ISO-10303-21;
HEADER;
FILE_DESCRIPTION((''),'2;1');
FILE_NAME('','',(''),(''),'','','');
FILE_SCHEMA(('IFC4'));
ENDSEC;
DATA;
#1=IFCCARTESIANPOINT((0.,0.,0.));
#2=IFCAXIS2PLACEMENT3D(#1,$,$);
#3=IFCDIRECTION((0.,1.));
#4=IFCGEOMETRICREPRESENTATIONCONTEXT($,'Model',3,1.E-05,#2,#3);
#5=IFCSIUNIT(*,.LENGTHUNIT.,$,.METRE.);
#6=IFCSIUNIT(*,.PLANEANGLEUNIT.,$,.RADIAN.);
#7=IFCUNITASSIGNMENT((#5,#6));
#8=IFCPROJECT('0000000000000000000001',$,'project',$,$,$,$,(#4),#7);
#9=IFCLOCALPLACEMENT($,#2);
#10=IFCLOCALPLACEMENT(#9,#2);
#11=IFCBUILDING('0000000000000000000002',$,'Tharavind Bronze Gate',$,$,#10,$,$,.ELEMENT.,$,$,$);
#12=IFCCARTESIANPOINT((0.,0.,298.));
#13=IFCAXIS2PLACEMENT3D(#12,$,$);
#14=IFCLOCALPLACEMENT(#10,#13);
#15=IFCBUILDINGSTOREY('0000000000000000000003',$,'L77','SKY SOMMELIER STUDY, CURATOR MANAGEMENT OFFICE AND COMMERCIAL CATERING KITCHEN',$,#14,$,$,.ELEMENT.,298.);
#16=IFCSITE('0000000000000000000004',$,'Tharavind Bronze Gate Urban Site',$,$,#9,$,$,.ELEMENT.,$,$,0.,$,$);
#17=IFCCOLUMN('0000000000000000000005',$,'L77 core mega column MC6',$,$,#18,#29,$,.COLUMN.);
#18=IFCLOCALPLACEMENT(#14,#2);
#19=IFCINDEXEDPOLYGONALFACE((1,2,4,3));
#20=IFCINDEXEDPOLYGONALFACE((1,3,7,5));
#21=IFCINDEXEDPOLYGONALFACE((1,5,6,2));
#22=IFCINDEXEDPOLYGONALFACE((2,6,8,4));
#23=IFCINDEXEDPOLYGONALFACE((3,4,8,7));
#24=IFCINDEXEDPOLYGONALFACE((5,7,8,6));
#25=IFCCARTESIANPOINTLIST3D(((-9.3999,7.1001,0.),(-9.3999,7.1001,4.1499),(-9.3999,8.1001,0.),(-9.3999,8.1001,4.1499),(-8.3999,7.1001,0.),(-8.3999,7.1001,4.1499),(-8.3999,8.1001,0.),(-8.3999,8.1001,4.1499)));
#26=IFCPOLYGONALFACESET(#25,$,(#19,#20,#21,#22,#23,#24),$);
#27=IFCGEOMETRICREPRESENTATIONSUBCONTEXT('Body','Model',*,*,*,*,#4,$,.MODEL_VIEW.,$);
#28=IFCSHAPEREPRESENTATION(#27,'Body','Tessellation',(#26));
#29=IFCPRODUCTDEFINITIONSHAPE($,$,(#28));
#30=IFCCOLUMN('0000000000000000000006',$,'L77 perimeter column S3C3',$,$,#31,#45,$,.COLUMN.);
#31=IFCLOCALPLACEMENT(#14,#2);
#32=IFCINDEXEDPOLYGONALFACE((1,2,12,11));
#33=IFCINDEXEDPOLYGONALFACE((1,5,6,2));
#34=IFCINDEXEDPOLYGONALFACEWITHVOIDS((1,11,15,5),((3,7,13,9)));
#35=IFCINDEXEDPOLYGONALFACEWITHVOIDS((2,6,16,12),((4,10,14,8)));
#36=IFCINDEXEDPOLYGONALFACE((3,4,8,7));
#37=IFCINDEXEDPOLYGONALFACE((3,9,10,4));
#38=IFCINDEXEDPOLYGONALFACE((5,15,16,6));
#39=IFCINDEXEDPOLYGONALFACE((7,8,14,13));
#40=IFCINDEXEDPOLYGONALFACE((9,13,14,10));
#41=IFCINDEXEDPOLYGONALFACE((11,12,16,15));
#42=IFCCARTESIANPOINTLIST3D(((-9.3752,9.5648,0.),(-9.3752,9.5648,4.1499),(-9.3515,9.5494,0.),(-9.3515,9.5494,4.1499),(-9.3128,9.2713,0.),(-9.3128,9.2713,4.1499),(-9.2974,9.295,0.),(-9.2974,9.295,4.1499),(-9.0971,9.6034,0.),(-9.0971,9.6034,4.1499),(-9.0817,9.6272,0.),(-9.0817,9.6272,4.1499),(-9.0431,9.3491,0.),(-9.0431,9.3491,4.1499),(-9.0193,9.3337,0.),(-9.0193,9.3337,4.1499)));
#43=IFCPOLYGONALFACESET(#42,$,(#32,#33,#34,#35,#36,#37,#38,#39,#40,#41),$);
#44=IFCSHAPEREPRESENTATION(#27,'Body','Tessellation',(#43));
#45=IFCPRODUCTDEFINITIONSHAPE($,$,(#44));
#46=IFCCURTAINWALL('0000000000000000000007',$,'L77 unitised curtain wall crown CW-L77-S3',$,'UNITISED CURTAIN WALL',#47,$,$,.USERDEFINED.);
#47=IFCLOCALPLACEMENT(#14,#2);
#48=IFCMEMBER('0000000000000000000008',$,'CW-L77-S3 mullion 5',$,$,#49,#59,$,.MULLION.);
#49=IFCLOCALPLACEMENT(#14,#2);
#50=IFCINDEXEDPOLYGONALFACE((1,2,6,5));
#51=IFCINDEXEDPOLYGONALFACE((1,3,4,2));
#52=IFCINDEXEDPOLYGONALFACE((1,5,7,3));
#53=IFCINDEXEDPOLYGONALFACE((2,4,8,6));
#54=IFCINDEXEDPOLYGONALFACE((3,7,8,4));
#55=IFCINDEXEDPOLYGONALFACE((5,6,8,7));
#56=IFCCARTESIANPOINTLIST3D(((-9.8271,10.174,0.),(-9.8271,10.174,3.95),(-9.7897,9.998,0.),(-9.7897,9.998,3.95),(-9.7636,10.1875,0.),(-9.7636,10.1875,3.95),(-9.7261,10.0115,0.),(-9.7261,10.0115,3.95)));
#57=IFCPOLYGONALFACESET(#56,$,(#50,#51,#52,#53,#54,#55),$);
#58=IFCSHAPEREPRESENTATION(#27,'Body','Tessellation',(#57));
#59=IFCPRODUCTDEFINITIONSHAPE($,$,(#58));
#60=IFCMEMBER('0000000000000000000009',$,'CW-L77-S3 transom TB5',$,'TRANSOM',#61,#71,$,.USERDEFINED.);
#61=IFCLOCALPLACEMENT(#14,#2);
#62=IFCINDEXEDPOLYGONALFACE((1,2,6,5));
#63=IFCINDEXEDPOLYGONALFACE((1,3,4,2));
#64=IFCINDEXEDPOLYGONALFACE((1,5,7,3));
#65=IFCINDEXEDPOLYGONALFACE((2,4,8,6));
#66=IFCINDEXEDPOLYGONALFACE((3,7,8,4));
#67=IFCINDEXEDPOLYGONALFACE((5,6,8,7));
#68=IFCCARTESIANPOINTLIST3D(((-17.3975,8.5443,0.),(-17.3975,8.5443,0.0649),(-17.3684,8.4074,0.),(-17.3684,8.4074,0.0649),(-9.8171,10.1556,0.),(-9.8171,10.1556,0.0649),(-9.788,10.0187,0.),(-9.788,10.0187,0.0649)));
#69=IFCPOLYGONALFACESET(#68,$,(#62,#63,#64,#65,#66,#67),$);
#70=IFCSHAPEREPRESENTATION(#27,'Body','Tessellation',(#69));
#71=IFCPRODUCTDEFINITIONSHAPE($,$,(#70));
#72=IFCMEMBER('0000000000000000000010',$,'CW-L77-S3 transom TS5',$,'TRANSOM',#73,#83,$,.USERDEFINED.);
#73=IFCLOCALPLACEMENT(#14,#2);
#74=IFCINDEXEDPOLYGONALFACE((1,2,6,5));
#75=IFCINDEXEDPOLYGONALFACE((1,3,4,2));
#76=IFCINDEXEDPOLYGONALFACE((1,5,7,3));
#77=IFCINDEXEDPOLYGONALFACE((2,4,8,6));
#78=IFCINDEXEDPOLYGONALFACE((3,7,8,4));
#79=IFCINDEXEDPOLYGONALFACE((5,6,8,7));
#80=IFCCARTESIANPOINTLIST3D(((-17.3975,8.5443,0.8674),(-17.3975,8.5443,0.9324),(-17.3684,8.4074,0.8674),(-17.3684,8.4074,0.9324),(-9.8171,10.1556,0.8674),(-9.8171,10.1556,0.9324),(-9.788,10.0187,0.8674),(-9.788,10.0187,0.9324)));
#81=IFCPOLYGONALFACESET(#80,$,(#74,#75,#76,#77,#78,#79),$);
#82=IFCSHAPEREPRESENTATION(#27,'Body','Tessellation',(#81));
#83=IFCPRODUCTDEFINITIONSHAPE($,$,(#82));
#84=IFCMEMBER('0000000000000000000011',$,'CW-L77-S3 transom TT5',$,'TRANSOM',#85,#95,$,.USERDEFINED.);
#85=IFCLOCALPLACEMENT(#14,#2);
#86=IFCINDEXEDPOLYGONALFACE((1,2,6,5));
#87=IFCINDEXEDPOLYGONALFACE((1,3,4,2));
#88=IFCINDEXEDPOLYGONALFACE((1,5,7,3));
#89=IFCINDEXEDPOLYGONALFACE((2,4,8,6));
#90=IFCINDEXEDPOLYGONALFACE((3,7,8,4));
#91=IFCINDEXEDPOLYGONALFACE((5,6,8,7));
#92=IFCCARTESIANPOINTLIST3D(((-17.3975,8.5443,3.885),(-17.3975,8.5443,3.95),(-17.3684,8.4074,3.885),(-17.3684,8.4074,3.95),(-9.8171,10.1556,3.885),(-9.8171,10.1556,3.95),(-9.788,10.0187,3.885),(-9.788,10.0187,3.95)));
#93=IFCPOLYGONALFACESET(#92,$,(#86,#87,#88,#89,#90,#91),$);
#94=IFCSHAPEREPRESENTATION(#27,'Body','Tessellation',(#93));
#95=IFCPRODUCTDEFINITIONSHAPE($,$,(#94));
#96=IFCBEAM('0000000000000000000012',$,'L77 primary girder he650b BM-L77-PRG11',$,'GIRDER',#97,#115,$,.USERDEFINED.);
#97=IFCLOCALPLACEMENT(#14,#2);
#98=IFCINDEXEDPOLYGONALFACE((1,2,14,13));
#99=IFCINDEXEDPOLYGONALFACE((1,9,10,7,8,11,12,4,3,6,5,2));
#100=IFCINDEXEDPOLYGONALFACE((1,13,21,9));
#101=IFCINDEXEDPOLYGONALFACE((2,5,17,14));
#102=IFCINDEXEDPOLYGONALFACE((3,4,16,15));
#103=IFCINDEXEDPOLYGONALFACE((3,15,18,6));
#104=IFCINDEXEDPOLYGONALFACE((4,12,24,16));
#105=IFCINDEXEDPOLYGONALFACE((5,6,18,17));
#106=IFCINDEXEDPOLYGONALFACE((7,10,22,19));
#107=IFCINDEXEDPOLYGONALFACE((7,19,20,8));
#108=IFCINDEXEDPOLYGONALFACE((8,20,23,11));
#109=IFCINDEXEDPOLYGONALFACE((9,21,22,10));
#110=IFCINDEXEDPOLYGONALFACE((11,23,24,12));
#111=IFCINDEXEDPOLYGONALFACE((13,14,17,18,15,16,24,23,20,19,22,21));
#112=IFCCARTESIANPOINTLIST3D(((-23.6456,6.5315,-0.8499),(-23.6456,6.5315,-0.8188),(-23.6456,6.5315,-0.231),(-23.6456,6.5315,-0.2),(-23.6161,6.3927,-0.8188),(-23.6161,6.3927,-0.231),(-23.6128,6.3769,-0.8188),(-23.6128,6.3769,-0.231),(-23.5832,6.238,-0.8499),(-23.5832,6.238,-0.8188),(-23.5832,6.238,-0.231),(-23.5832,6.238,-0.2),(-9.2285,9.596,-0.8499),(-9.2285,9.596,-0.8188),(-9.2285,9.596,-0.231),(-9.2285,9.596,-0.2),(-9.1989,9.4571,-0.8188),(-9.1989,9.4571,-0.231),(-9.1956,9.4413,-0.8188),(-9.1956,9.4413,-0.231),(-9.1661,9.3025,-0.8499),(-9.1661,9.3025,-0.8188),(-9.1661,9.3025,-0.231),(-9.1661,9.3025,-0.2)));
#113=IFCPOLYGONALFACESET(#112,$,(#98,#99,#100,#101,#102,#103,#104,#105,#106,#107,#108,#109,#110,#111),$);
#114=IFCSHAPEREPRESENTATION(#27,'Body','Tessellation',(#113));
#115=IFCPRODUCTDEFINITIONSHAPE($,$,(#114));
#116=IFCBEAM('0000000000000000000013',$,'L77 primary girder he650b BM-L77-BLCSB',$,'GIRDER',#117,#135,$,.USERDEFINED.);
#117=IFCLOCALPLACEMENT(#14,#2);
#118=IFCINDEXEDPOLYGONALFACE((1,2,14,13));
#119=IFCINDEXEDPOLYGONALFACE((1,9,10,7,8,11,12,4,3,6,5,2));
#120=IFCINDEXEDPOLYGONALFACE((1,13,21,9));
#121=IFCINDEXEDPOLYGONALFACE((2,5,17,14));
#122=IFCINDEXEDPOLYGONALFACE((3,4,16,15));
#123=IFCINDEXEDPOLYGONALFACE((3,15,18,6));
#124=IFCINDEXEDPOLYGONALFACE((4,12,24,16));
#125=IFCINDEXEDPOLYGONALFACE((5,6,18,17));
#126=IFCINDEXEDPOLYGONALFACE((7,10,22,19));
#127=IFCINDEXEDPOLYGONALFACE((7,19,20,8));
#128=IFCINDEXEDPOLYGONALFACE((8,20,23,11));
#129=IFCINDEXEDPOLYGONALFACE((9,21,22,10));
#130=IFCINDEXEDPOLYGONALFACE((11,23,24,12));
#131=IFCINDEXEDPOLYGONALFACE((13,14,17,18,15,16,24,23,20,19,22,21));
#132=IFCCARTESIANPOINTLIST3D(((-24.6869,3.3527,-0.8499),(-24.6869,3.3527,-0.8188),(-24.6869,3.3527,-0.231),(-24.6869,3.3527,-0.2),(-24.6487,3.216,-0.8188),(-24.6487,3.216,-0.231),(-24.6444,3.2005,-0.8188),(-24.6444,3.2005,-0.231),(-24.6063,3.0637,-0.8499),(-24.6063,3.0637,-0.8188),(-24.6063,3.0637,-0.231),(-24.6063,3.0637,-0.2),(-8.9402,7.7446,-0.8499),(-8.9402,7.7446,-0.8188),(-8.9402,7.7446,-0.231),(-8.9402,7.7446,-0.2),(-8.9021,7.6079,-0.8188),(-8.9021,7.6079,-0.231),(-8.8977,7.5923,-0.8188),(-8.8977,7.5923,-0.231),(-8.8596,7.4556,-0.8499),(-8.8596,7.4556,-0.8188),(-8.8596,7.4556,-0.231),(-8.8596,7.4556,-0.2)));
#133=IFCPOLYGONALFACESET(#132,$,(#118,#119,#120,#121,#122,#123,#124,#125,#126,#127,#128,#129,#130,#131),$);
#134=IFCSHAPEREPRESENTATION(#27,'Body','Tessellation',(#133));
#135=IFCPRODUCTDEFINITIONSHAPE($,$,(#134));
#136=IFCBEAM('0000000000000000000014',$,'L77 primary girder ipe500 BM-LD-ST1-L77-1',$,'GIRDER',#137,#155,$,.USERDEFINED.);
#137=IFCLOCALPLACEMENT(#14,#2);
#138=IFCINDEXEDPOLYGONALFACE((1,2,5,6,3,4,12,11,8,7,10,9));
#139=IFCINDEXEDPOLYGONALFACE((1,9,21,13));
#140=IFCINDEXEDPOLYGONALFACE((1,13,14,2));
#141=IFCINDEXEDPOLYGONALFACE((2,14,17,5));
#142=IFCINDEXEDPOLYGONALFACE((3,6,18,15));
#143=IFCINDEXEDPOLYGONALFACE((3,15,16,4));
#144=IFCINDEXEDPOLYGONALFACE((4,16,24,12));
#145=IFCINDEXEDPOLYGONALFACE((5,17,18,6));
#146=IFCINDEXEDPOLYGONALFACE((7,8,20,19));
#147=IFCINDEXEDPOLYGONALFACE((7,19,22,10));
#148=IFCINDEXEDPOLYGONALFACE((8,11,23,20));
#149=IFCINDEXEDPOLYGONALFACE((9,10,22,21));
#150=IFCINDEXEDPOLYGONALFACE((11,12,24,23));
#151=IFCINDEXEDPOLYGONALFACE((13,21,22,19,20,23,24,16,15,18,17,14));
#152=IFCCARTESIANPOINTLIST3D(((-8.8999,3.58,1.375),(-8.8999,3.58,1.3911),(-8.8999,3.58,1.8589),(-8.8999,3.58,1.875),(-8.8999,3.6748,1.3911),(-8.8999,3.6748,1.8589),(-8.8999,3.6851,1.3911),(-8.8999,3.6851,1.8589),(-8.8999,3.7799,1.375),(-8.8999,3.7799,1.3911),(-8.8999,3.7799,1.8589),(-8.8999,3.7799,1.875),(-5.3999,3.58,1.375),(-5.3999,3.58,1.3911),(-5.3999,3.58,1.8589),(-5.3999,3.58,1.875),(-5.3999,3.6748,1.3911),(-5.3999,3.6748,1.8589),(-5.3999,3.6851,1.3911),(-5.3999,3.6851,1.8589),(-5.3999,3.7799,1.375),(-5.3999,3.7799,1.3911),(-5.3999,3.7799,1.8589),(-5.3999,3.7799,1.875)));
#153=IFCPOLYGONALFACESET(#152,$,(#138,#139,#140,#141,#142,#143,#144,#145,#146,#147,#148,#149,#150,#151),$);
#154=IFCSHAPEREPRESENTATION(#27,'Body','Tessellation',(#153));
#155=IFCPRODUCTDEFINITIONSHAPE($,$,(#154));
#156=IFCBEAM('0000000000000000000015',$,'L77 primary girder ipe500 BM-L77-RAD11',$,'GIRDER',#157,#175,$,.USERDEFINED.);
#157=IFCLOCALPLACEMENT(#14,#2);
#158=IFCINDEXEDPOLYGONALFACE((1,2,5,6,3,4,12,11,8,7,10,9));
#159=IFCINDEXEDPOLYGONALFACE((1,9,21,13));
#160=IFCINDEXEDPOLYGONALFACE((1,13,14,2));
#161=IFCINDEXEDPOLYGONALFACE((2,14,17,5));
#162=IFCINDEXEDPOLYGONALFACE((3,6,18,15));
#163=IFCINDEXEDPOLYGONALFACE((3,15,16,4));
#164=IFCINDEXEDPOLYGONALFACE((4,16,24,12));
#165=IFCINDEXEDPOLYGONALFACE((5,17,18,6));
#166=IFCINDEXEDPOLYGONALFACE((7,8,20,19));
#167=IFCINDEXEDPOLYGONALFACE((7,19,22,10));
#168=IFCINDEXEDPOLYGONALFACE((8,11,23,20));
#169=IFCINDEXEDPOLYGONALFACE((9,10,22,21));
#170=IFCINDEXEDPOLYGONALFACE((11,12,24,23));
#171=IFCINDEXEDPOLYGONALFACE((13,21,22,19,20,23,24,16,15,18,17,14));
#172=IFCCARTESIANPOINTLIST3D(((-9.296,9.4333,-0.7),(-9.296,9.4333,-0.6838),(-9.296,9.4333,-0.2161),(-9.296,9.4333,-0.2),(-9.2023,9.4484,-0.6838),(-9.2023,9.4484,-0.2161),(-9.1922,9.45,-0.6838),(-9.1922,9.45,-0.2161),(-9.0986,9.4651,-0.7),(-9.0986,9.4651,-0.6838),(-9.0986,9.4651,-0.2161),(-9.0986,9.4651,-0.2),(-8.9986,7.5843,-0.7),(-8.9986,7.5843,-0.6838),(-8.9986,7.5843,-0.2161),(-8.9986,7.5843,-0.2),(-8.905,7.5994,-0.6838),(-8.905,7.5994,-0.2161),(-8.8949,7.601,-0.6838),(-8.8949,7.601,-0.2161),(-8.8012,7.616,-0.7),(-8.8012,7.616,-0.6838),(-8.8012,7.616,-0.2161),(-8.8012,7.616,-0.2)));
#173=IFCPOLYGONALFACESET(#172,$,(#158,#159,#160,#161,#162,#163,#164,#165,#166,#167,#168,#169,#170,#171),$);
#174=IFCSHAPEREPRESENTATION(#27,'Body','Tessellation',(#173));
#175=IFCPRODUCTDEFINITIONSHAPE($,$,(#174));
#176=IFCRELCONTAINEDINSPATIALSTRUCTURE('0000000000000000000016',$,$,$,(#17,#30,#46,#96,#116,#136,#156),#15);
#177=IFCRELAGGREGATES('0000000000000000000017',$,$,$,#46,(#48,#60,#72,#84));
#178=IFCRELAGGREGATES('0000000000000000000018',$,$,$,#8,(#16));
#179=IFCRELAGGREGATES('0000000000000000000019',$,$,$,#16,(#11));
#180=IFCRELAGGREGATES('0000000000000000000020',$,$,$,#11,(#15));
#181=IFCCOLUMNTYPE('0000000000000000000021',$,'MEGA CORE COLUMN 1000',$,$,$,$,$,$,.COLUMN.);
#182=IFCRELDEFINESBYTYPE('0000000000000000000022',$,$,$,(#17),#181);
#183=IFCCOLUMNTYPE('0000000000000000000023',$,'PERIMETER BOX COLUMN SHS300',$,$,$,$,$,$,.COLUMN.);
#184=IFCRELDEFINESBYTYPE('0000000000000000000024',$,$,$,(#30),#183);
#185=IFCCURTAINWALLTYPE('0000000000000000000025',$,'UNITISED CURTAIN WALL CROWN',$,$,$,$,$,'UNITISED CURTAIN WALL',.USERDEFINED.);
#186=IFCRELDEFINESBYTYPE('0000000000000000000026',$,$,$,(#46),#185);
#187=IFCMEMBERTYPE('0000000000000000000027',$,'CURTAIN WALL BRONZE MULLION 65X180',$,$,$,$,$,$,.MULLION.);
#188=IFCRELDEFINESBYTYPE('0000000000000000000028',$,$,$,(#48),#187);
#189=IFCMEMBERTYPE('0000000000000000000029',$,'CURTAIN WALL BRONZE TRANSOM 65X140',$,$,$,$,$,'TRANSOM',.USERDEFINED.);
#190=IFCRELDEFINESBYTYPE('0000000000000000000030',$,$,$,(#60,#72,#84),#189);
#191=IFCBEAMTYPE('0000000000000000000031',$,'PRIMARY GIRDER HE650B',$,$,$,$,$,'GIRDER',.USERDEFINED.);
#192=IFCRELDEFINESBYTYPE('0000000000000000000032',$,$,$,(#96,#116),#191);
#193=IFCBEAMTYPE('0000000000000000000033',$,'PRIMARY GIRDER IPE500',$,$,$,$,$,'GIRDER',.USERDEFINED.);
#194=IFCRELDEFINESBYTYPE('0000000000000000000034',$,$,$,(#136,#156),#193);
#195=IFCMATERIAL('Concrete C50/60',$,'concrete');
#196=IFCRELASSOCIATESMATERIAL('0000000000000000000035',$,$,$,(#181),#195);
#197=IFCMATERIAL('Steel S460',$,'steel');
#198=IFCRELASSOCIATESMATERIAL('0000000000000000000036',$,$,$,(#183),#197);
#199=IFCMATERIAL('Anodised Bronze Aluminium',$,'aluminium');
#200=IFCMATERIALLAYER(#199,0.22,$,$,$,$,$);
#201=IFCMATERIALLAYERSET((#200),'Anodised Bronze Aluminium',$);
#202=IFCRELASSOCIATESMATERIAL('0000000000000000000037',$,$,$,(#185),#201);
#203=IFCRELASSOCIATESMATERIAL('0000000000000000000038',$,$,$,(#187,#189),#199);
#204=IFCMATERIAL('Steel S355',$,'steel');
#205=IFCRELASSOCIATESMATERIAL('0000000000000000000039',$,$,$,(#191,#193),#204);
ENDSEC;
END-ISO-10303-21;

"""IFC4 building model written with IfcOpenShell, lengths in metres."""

from ifc_helpers import new_model, si_unit, direction, frame, origin, origin_2d, place, context, subcontext, project, spatial, rectangle, hollow_rectangle, i_section, extrude, material, layer, layer_set, material_profile, profile_set, type_object, element, aggregate, save


model = new_model("IFC4")

# Units and contexts
model_context = context("Model", 3, precision=1e-05, world=origin(), true_north=direction((0.0, 1.0)))
body_context = subcontext(model_context, "Body", "Model", "MODEL_VIEW")
ifc_project = project(units=[si_unit("LENGTHUNIT", "METRE"), si_unit("PLANEANGLEUNIT", "RADIAN")], contexts=[model_context])

# Site, building, storey
site_placement = place(None, origin())
site = spatial("IfcSite", under=ifc_project, at=site_placement, Name="Tharavind Bronze Gate Urban Site", CompositionType="ELEMENT", RefElevation=0.0)
building_placement = place(site_placement, origin())
building = spatial("IfcBuilding", under=site, at=building_placement, Name="Tharavind Bronze Gate", CompositionType="ELEMENT")
storey_placement = place(building_placement, frame((0.0, 0.0, 298.0)))
storey = spatial("IfcBuildingStorey", under=building, at=storey_placement, Name="L77", Description="SKY SOMMELIER STUDY, CURATOR MANAGEMENT OFFICE AND COMMERCIAL CATERING KITCHEN", CompositionType="ELEMENT", Elevation=298.0)

# Columns
ifc_material_1 = material(Name="Concrete C50/60", Category="concrete")
ifc_material_profile_1 = material_profile(ifc_material_1, rectangle(XDim=1.0, YDim=1.0, at=origin_2d()), Name="RCCOL1000")
ifc_profile_set_1 = profile_set([ifc_material_profile_1], Name="Concrete C50/60")
column_type_1 = type_object("IfcColumnType", Name="MEGA CORE COLUMN 1000", PredefinedType="COLUMN", material=ifc_profile_set_1)
column_1_placement = place(storey_placement, frame((-8.8999, 7.6001, 0.0), z_axis=(0.0, 0.0, 1.0), x_axis=(1.0, 0.0, 0.0)))
element("IfcColumn", 1, at=column_1_placement, inside=storey, type_object=column_type_1, Name="L77 core mega column MC6", PredefinedType="COLUMN", context=body_context, shape_type="SweptSolid", body=[
    extrude(rectangle(XDim=1.0, YDim=1.0, at=origin_2d()), origin(), (0.0, 0.0, 1.0), 4.1499),
])
ifc_material_2 = material(Name="Steel S460", Category="steel")
ifc_material_profile_2 = material_profile(ifc_material_2, hollow_rectangle(XDim=0.3, YDim=0.3, WallThickness=0.02, at=origin_2d()), Name="SHS300X20")
ifc_profile_set_2 = profile_set([ifc_material_profile_2], Name="Steel S460")
column_type_2 = type_object("IfcColumnType", Name="PERIMETER BOX COLUMN SHS300", PredefinedType="COLUMN", material=ifc_profile_set_2)
column_2_placement = place(storey_placement, frame((-9.1973, 9.4492, 0.0), z_axis=(0.0, 0.0, 1.0), x_axis=(0.978147, 0.207913, 0.0)))
element("IfcColumn", 2, at=column_2_placement, inside=storey, type_object=column_type_2, Name="L77 perimeter column S3C3", PredefinedType="COLUMN", context=body_context, shape_type="SweptSolid", body=[
    extrude(hollow_rectangle(XDim=0.3, YDim=0.3, WallThickness=0.02, at=origin_2d()), origin(), (0.0, 0.0, 1.0), 4.1499),
])

# Curtain wall, members
ifc_material_3 = material(Name="Anodised Bronze Aluminium", Category="aluminium")
ifc_layer_1 = layer(ifc_material_3, 0.22)
ifc_layer_set_1 = layer_set([ifc_layer_1], Name="Anodised Bronze Aluminium")
curtain_wall_type = type_object("IfcCurtainWallType", Name="UNITISED CURTAIN WALL CROWN", ElementType="UNITISED CURTAIN WALL", PredefinedType="USERDEFINED", material=ifc_layer_set_1)
curtain_wall_placement = place(storey_placement, origin())
curtain_wall = element("IfcCurtainWall", 3, at=curtain_wall_placement, inside=storey, type_object=curtain_wall_type, Name="L77 unitised curtain wall crown CW-L77-S3", ObjectType="UNITISED CURTAIN WALL", PredefinedType="USERDEFINED")
member_type_1 = type_object("IfcMemberType", Name="CURTAIN WALL BRONZE MULLION 65X180", PredefinedType="MULLION", material=ifc_material_3)
member_1_placement = place(storey_placement, frame((-9.7766, 10.0928, 0.0), z_axis=(0.0, 0.0, 1.0), x_axis=(-0.978147, -0.207913, 0.0)))
member_1 = element("IfcMember", 4, at=member_1_placement, type_object=member_type_1, Name="CW-L77-S3 mullion 5", PredefinedType="MULLION", context=body_context, shape_type="SweptSolid", body=[
    extrude(rectangle(XDim=0.0649, YDim=0.1799, at=origin_2d()), origin(), (0.0, 0.0, 1.0), 3.95),
])
member_type_2 = type_object("IfcMemberType", Name="CURTAIN WALL BRONZE TRANSOM 65X140", ElementType="TRANSOM", PredefinedType="USERDEFINED", material=ifc_material_3)
member_2_placement = place(storey_placement, frame((-13.5928, 9.2815, 0.0), z_axis=(0.0, 0.0, 1.0), x_axis=(-0.978147, -0.207913, 0.0)))
member_2 = element("IfcMember", 5, at=member_2_placement, type_object=member_type_2, Name="CW-L77-S3 transom TB5", ObjectType="TRANSOM", PredefinedType="USERDEFINED", context=body_context, shape_type="SweptSolid", body=[
    extrude(rectangle(XDim=7.7498, YDim=0.1399, at=origin_2d()), origin(), (0.0, 0.0, 1.0), 0.0649),
])
member_3_placement = place(storey_placement, frame((-13.5928, 9.2815, 0.8674), z_axis=(0.0, 0.0, 1.0), x_axis=(-0.978147, -0.207913, 0.0)))
member_3 = element("IfcMember", 6, at=member_3_placement, type_object=member_type_2, Name="CW-L77-S3 transom TS5", ObjectType="TRANSOM", PredefinedType="USERDEFINED", context=body_context, shape_type="SweptSolid", body=[
    extrude(rectangle(XDim=7.7498, YDim=0.1399, at=origin_2d()), origin(), (0.0, 0.0, 1.0), 0.0649),
])
member_4_placement = place(storey_placement, frame((-13.5928, 9.2815, 3.885), z_axis=(0.0, 0.0, 1.0), x_axis=(-0.978147, -0.207913, 0.0)))
member_4 = element("IfcMember", 7, at=member_4_placement, type_object=member_type_2, Name="CW-L77-S3 transom TT5", ObjectType="TRANSOM", PredefinedType="USERDEFINED", context=body_context, shape_type="SweptSolid", body=[
    extrude(rectangle(XDim=7.7498, YDim=0.1399, at=origin_2d()), origin(), (0.0, 0.0, 1.0), 0.0649),
])

# Beams
ifc_material_4 = material(Name="Steel S355", Category="steel")
ifc_material_profile_3 = material_profile(ifc_material_4, i_section(OverallWidth=0.3, OverallDepth=0.6499, WebThickness=0.0161, FlangeThickness=0.031, at=origin_2d()), Name="HE650B")
ifc_profile_set_3 = profile_set([ifc_material_profile_3], Name="Steel S355")
beam_type_1 = type_object("IfcBeamType", Name="PRIMARY GIRDER HE650B", ElementType="GIRDER", PredefinedType="USERDEFINED", material=ifc_profile_set_3)
beam_1_placement = place(storey_placement, frame((-9.1973, 9.4492, -0.5249), z_axis=(-0.978148, -0.20791, 0.0), x_axis=(0.20791, -0.978148, 0.0)))
element("IfcBeam", 8, at=beam_1_placement, inside=storey, type_object=beam_type_1, Name="L77 primary girder he650b BM-L77-PRG11", ObjectType="GIRDER", PredefinedType="USERDEFINED", context=body_context, shape_type="SweptSolid", body=[
    extrude(i_section(OverallWidth=0.3, OverallDepth=0.6499, WebThickness=0.0161, FlangeThickness=0.031, at=origin_2d()), origin(), (0.0, 0.0, 1.0), 14.7393),
])
beam_2_placement = place(storey_placement, frame((-8.8999, 7.6001, -0.5249), z_axis=(-0.963237, -0.268654, 0.0), x_axis=(0.268654, -0.963237, 0.0)))
element("IfcBeam", 9, at=beam_2_placement, inside=storey, type_object=beam_type_1, Name="L77 primary girder he650b BM-L77-BLCSB", ObjectType="GIRDER", PredefinedType="USERDEFINED", context=body_context, shape_type="SweptSolid", body=[
    extrude(i_section(OverallWidth=0.3, OverallDepth=0.6499, WebThickness=0.0161, FlangeThickness=0.031, at=origin_2d()), origin(), (0.0, 0.0, 1.0), 16.3477),
])
ifc_material_profile_4 = material_profile(ifc_material_4, i_section(OverallWidth=0.2, OverallDepth=0.5, WebThickness=0.0103, FlangeThickness=0.0161, at=origin_2d()), Name="IPE500")
ifc_profile_set_4 = profile_set([ifc_material_profile_4], Name="Steel S355")
beam_type_2 = type_object("IfcBeamType", Name="PRIMARY GIRDER IPE500", ElementType="GIRDER", PredefinedType="USERDEFINED", material=ifc_profile_set_4)
beam_3_placement = place(storey_placement, frame((-8.8999, 3.6799, 1.625), z_axis=(1.0, 0.0, 0.0), x_axis=(0.0, 1.0, 0.0)))
element("IfcBeam", 10, at=beam_3_placement, inside=storey, type_object=beam_type_2, Name="L77 primary girder ipe500 BM-LD-ST1-L77-1", ObjectType="GIRDER", PredefinedType="USERDEFINED", context=body_context, shape_type="SweptSolid", body=[
    extrude(i_section(OverallWidth=0.2, OverallDepth=0.5, WebThickness=0.0103, FlangeThickness=0.0161, at=origin_2d()), origin(), (0.0, 0.0, 1.0), 3.5),
])
beam_4_placement = place(storey_placement, frame((-9.1973, 9.4492, -0.45), z_axis=(0.158773, -0.987315, 0.0), x_axis=(0.987315, 0.158773, 0.0)))
element("IfcBeam", 11, at=beam_4_placement, inside=storey, type_object=beam_type_2, Name="L77 primary girder ipe500 BM-L77-RAD11", ObjectType="GIRDER", PredefinedType="USERDEFINED", context=body_context, shape_type="SweptSolid", body=[
    extrude(i_section(OverallWidth=0.2, OverallDepth=0.5, WebThickness=0.0103, FlangeThickness=0.0161, at=origin_2d()), origin(), (0.0, 0.0, 1.0), 1.8728),
])

aggregate(curtain_wall, [member_1, member_2, member_3, member_4])

save(model, "model.ifc")
